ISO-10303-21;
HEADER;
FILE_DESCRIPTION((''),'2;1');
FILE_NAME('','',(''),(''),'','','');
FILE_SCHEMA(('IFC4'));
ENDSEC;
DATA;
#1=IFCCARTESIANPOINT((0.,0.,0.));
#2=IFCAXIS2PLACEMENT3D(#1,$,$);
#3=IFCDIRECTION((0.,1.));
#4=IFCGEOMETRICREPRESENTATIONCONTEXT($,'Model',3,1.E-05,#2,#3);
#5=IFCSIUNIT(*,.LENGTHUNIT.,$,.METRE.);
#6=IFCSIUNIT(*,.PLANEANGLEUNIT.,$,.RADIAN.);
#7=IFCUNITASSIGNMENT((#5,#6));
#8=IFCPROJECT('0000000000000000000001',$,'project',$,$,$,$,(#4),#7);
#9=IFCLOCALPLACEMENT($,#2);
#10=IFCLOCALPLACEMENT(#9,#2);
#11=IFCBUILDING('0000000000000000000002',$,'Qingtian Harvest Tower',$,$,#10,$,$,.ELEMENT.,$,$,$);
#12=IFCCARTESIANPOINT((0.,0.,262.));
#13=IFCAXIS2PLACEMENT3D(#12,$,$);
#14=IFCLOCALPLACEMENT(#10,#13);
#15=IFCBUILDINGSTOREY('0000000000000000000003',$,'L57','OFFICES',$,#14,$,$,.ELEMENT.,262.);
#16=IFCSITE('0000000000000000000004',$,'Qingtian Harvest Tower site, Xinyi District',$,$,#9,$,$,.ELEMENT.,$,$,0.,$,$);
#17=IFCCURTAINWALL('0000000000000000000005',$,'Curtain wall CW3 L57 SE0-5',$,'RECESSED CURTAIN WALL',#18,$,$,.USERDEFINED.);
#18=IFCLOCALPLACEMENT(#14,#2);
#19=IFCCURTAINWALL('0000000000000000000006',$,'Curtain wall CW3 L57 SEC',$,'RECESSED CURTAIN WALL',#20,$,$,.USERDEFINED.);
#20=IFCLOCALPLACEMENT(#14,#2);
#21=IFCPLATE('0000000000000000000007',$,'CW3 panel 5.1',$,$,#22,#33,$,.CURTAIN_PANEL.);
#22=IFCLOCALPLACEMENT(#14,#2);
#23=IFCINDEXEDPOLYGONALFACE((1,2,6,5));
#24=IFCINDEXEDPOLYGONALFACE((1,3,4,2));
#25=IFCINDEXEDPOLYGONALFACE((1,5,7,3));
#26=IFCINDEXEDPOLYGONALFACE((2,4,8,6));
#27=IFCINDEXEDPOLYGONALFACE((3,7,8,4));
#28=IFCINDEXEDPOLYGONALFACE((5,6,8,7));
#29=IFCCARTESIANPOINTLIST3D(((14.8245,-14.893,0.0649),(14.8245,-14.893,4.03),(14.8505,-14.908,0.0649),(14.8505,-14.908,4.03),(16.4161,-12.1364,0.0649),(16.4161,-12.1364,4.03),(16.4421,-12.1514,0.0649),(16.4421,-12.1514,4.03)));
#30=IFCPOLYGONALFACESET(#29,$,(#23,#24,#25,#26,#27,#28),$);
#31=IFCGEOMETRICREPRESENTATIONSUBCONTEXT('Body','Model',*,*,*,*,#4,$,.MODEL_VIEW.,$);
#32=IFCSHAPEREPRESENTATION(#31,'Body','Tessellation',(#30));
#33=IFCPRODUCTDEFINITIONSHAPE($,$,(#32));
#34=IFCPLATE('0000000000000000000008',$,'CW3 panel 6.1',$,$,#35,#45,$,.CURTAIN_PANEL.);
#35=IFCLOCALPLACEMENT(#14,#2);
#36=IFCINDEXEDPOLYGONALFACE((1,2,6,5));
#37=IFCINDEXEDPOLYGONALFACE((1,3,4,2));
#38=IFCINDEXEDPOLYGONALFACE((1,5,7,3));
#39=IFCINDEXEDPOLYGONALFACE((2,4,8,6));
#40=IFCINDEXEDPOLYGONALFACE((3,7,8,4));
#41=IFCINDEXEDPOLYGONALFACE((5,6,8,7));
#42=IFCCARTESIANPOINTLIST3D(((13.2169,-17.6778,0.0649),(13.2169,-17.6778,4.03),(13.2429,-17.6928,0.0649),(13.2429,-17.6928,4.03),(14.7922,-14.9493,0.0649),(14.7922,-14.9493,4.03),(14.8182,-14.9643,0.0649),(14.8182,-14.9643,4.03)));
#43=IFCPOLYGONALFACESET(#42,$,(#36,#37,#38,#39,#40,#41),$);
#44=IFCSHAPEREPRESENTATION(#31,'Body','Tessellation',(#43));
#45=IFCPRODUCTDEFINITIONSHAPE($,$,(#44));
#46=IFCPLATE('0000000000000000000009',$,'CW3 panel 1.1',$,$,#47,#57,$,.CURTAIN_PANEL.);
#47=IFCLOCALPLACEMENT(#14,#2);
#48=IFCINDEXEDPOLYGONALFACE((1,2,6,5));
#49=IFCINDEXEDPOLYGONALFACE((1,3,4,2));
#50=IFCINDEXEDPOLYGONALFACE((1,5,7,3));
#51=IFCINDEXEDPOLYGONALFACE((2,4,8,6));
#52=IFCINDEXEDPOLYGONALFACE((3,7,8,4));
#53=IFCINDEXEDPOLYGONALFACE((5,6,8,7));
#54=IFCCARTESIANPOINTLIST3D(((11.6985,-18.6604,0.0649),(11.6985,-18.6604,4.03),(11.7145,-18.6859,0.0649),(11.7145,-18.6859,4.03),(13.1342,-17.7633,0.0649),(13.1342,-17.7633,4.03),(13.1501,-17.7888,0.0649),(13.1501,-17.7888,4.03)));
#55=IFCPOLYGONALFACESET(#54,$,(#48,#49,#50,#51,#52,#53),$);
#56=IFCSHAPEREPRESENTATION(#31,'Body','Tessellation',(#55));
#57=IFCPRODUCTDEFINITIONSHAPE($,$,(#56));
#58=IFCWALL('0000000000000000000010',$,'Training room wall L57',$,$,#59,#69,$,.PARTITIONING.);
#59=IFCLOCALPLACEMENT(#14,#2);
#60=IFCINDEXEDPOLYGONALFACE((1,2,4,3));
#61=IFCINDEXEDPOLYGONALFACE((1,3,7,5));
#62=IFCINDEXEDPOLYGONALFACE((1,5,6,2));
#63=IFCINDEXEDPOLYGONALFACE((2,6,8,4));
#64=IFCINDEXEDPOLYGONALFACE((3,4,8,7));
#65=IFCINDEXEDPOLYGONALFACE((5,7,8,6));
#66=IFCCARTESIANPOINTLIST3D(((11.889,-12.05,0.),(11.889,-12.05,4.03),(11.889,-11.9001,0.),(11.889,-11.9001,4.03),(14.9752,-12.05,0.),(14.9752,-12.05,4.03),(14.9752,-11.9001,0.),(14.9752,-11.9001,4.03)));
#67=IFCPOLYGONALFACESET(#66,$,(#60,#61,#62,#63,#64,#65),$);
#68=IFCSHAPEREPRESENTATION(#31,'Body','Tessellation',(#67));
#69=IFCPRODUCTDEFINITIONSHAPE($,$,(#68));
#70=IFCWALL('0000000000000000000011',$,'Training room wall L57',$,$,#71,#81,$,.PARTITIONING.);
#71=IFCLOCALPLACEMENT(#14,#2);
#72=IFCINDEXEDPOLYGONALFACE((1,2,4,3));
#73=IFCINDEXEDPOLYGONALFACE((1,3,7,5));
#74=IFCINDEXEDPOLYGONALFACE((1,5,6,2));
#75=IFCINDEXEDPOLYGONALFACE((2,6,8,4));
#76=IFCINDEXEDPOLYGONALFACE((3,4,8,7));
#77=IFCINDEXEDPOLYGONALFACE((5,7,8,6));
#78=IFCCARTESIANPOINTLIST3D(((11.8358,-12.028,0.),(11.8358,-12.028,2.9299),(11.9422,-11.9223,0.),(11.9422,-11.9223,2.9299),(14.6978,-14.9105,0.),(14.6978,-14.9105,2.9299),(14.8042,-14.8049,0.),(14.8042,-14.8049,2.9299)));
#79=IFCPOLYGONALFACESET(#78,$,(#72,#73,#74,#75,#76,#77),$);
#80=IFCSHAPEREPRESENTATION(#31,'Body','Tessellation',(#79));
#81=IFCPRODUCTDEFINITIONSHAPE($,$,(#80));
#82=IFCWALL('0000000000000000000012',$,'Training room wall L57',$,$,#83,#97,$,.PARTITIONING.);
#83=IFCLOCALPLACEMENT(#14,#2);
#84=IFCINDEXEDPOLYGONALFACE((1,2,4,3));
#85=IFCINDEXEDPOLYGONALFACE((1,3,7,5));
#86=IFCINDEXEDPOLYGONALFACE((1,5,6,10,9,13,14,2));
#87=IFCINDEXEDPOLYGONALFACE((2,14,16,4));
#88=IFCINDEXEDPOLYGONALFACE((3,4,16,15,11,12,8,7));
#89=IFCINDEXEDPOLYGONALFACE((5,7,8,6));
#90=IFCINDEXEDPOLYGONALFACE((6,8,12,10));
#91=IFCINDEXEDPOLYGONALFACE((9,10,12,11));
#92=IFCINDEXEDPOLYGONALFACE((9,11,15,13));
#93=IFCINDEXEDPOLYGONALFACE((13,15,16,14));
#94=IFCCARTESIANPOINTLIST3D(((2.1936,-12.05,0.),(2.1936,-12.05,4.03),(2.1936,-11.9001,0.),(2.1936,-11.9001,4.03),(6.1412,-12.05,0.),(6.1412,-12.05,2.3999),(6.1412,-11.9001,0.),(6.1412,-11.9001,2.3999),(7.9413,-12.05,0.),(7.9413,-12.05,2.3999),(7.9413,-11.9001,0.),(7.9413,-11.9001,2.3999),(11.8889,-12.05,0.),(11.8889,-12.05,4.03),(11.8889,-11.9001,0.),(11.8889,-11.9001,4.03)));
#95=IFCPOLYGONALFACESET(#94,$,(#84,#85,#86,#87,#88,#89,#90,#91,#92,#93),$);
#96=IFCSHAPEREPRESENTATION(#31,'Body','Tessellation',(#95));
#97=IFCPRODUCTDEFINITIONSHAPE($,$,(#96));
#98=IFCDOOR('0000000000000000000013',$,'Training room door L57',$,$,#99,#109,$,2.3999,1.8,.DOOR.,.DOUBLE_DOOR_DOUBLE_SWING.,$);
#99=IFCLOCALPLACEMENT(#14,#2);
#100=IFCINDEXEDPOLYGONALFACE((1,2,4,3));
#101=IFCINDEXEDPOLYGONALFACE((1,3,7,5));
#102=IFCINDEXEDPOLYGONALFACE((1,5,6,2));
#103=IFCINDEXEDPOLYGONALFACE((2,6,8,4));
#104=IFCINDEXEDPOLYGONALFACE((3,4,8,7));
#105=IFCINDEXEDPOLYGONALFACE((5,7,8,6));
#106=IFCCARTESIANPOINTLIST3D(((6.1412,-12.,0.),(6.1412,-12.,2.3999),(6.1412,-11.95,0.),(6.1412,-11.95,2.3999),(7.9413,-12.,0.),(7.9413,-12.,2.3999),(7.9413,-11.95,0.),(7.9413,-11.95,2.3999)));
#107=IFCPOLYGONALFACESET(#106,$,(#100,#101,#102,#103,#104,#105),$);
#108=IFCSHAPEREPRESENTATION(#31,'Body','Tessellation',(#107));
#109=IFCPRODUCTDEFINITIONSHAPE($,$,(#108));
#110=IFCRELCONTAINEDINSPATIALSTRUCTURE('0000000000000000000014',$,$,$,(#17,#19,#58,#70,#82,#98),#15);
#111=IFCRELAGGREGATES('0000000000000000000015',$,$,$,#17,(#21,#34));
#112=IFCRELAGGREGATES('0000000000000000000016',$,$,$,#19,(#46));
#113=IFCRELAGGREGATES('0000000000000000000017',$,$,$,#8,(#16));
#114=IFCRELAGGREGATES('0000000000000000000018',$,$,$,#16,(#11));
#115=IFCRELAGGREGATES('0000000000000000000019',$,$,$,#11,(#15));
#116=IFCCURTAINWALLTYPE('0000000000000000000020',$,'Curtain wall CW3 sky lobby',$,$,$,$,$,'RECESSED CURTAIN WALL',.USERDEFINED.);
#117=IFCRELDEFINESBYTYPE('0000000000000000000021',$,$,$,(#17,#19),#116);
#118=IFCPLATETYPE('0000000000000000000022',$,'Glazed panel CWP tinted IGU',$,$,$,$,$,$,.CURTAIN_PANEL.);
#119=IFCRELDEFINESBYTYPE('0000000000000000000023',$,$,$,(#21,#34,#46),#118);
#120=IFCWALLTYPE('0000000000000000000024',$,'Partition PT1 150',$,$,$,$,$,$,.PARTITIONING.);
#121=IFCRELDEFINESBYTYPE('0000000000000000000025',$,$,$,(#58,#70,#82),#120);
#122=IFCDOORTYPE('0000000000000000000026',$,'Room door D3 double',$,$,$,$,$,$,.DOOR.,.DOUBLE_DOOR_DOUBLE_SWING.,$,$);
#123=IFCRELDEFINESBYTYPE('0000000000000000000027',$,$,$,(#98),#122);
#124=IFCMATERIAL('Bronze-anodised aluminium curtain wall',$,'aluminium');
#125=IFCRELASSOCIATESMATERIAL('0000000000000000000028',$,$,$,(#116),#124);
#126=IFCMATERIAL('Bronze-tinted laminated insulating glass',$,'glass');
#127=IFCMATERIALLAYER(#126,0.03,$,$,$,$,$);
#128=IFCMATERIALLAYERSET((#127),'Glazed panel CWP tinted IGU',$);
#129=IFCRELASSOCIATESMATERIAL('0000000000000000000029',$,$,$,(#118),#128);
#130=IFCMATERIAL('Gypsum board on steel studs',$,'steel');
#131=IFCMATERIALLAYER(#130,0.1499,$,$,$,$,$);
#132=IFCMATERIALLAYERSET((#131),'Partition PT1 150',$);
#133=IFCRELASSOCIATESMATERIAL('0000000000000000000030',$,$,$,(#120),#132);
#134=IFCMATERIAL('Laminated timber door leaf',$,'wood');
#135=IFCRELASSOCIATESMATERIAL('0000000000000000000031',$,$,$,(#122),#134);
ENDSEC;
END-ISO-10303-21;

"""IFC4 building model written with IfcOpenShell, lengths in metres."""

from ifc_helpers import new_model, si_unit, direction, frame, frame_2d, origin, origin_2d, place, context, subcontext, project, spatial, rectangle, extrude, material, layer, layer_set, type_object, element, fill, aggregate, save


model = new_model("IFC4")

# Units and contexts
model_context = context("Model", 3, precision=1e-05, world=origin(), true_north=direction((0.0, 1.0)))
body_context = subcontext(model_context, "Body", "Model", "MODEL_VIEW")
ifc_project = project(units=[si_unit("LENGTHUNIT", "METRE"), si_unit("PLANEANGLEUNIT", "RADIAN")], contexts=[model_context])

# Site, building, storey
site_placement = place(None, origin())
site = spatial("IfcSite", under=ifc_project, at=site_placement, Name="Qingtian Harvest Tower site, Xinyi District", CompositionType="ELEMENT", RefElevation=0.0)
building_placement = place(site_placement, origin())
building = spatial("IfcBuilding", under=site, at=building_placement, Name="Qingtian Harvest Tower", CompositionType="ELEMENT")
storey_placement = place(building_placement, frame((0.0, 0.0, 262.0)))
storey = spatial("IfcBuildingStorey", under=building, at=storey_placement, Name="L57", Description="OFFICES", CompositionType="ELEMENT", Elevation=262.0)

# Curtain walls
ifc_material_1 = material(Name="Bronze-anodised aluminium curtain wall", Category="aluminium")
curtain_wall_type = type_object("IfcCurtainWallType", Name="Curtain wall CW3 sky lobby", ElementType="RECESSED CURTAIN WALL", PredefinedType="USERDEFINED", material=ifc_material_1)
curtain_wall_1_placement = place(storey_placement, origin())
curtain_wall_1 = element("IfcCurtainWall", 1, at=curtain_wall_1_placement, inside=storey, type_object=curtain_wall_type, Name="Curtain wall CW3 L57 SE0-5", ObjectType="RECESSED CURTAIN WALL", PredefinedType="USERDEFINED")
curtain_wall_2_placement = place(storey_placement, origin())
curtain_wall_2 = element("IfcCurtainWall", 2, at=curtain_wall_2_placement, inside=storey, type_object=curtain_wall_type, Name="Curtain wall CW3 L57 SEC", ObjectType="RECESSED CURTAIN WALL", PredefinedType="USERDEFINED")

# Plates
ifc_material_2 = material(Name="Bronze-tinted laminated insulating glass", Category="glass")
ifc_layer_1 = layer(ifc_material_2, 0.03)
ifc_layer_set_1 = layer_set([ifc_layer_1], Name="Glazed panel CWP tinted IGU")
plate_type = type_object("IfcPlateType", Name="Glazed panel CWP tinted IGU", PredefinedType="CURTAIN_PANEL", material=ifc_layer_set_1)
plate_1_placement = place(storey_placement, frame((15.6333, -13.5222, 0.0649), z_axis=(0.0, 0.0, 1.0), x_axis=(-0.5, -0.866025, 0.0)))
plate_1 = element("IfcPlate", 3, at=plate_1_placement, type_object=plate_type, Name="CW3 panel 5.1", PredefinedType="CURTAIN_PANEL", context=body_context, shape_type="SweptSolid", body=[
    extrude(rectangle(XDim=3.1831, YDim=0.03, at=origin_2d()), origin(), (0.0, 0.0, 1.0), 3.9651),
])
plate_2_placement = place(storey_placement, frame((14.0176, -16.321, 0.0649), z_axis=(0.0, 0.0, 1.0), x_axis=(-0.5, -0.866025, 0.0)))
plate_2 = element("IfcPlate", 4, at=plate_2_placement, type_object=plate_type, Name="CW3 panel 6.1", PredefinedType="CURTAIN_PANEL", context=body_context, shape_type="SweptSolid", body=[
    extrude(rectangle(XDim=3.1506, YDim=0.03, at=origin_2d()), origin(), (0.0, 0.0, 1.0), 3.9651),
])
aggregate(curtain_wall_1, [plate_1, plate_2])
plate_3_placement = place(storey_placement, frame((12.4243, -18.2246, 0.0649), z_axis=(0.0, 0.0, 1.0), x_axis=(-0.848048, -0.529919, 0.0)))
plate_3 = element("IfcPlate", 5, at=plate_3_placement, type_object=plate_type, Name="CW3 panel 1.1", PredefinedType="CURTAIN_PANEL", context=body_context, shape_type="SweptSolid", body=[
    extrude(rectangle(XDim=1.6929, YDim=0.03, at=origin_2d()), origin(), (0.0, 0.0, 1.0), 3.9651),
])
aggregate(curtain_wall_2, [plate_3])

# Walls
ifc_material_3 = material(Name="Gypsum board on steel studs", Category="steel")
ifc_layer_2 = layer(ifc_material_3, 0.1499)
ifc_layer_set_2 = layer_set([ifc_layer_2], Name="Partition PT1 150")
wall_type = type_object("IfcWallType", Name="Partition PT1 150", PredefinedType="PARTITIONING", material=ifc_layer_set_2)
wall_1_placement = place(storey_placement, frame((14.9751, -11.9751, 0.0), z_axis=(0.0, 0.0, 1.0), x_axis=(-1.0, 0.0, 0.0)))
element("IfcWall", 6, at=wall_1_placement, inside=storey, type_object=wall_type, Name="Training room wall L57", PredefinedType="PARTITIONING", context=body_context, shape_type="SweptSolid", body=[
    extrude(rectangle(XDim=3.0862, YDim=0.1499, at=frame_2d((1.543, 0.0))), origin(), (0.0, 0.0, 1.0), 4.03),
])
wall_2_placement = place(storey_placement, frame((14.751, -14.8577, 0.0), z_axis=(0.0, 0.0, 1.0), x_axis=(-0.704578, 0.709627, 0.0)))
element("IfcWall", 7, at=wall_2_placement, inside=storey, type_object=wall_type, Name="Training room wall L57", PredefinedType="PARTITIONING", context=body_context, shape_type="SweptSolid", body=[
    extrude(rectangle(XDim=4.062, YDim=0.1499, at=frame_2d((2.031, 0.0))), origin(), (0.0, 0.0, 1.0), 2.9299),
])

# Wall, opening, door
wall_3_placement = place(storey_placement, frame((11.8889, -11.9751, 0.0), z_axis=(0.0, 0.0, 1.0), x_axis=(-1.0, 0.0, 0.0)))
wall_3 = element("IfcWall", 8, at=wall_3_placement, inside=storey, type_object=wall_type, Name="Training room wall L57", PredefinedType="PARTITIONING", context=body_context, shape_type="SweptSolid", body=[
    extrude(rectangle(XDim=9.6953, YDim=0.1499, at=frame_2d((4.8477, 0.0))), origin(), (0.0, 0.0, 1.0), 4.03),
])
opening_placement = place(wall_3_placement, frame((3.9478, 0.0, 0.0)))
opening = element("IfcOpeningElement", 9, at=opening_placement, cuts=wall_3, PredefinedType="OPENING", context=body_context, shape_type="SweptSolid", body=[
    extrude(rectangle(XDim=1.8, YDim=2.3999, at=frame_2d((0.8999, 1.2))), frame((0.0, 0.085, 0.0), z_axis=(0.0, -1.0, 0.0), x_axis=(1.0, 0.0, 0.0)), (0.0, 0.0, 1.0), 0.1699),
])
ifc_material_4 = material(Name="Laminated timber door leaf", Category="wood")
door_type = type_object("IfcDoorType", Name="Room door D3 double", OperationType="DOUBLE_DOOR_DOUBLE_SWING", PredefinedType="DOOR", material=ifc_material_4)
door_placement = place(opening_placement, origin())
door = element("IfcDoor", 10, at=door_placement, inside=storey, type_object=door_type, Name="Training room door L57", OperationType="DOUBLE_DOOR_DOUBLE_SWING", OverallHeight=2.3999, OverallWidth=1.8, PredefinedType="DOOR", context=body_context, shape_type="SweptSolid", body=[
    extrude(rectangle(XDim=1.8, YDim=2.3999, at=frame_2d((0.8999, 1.2))), frame((0.0, 0.0249, 0.0), z_axis=(0.0, -1.0, 0.0), x_axis=(1.0, 0.0, 0.0)), (0.0, 0.0, 1.0), 0.05),
])
fill(opening, door)

save(model, "model.ifc")
